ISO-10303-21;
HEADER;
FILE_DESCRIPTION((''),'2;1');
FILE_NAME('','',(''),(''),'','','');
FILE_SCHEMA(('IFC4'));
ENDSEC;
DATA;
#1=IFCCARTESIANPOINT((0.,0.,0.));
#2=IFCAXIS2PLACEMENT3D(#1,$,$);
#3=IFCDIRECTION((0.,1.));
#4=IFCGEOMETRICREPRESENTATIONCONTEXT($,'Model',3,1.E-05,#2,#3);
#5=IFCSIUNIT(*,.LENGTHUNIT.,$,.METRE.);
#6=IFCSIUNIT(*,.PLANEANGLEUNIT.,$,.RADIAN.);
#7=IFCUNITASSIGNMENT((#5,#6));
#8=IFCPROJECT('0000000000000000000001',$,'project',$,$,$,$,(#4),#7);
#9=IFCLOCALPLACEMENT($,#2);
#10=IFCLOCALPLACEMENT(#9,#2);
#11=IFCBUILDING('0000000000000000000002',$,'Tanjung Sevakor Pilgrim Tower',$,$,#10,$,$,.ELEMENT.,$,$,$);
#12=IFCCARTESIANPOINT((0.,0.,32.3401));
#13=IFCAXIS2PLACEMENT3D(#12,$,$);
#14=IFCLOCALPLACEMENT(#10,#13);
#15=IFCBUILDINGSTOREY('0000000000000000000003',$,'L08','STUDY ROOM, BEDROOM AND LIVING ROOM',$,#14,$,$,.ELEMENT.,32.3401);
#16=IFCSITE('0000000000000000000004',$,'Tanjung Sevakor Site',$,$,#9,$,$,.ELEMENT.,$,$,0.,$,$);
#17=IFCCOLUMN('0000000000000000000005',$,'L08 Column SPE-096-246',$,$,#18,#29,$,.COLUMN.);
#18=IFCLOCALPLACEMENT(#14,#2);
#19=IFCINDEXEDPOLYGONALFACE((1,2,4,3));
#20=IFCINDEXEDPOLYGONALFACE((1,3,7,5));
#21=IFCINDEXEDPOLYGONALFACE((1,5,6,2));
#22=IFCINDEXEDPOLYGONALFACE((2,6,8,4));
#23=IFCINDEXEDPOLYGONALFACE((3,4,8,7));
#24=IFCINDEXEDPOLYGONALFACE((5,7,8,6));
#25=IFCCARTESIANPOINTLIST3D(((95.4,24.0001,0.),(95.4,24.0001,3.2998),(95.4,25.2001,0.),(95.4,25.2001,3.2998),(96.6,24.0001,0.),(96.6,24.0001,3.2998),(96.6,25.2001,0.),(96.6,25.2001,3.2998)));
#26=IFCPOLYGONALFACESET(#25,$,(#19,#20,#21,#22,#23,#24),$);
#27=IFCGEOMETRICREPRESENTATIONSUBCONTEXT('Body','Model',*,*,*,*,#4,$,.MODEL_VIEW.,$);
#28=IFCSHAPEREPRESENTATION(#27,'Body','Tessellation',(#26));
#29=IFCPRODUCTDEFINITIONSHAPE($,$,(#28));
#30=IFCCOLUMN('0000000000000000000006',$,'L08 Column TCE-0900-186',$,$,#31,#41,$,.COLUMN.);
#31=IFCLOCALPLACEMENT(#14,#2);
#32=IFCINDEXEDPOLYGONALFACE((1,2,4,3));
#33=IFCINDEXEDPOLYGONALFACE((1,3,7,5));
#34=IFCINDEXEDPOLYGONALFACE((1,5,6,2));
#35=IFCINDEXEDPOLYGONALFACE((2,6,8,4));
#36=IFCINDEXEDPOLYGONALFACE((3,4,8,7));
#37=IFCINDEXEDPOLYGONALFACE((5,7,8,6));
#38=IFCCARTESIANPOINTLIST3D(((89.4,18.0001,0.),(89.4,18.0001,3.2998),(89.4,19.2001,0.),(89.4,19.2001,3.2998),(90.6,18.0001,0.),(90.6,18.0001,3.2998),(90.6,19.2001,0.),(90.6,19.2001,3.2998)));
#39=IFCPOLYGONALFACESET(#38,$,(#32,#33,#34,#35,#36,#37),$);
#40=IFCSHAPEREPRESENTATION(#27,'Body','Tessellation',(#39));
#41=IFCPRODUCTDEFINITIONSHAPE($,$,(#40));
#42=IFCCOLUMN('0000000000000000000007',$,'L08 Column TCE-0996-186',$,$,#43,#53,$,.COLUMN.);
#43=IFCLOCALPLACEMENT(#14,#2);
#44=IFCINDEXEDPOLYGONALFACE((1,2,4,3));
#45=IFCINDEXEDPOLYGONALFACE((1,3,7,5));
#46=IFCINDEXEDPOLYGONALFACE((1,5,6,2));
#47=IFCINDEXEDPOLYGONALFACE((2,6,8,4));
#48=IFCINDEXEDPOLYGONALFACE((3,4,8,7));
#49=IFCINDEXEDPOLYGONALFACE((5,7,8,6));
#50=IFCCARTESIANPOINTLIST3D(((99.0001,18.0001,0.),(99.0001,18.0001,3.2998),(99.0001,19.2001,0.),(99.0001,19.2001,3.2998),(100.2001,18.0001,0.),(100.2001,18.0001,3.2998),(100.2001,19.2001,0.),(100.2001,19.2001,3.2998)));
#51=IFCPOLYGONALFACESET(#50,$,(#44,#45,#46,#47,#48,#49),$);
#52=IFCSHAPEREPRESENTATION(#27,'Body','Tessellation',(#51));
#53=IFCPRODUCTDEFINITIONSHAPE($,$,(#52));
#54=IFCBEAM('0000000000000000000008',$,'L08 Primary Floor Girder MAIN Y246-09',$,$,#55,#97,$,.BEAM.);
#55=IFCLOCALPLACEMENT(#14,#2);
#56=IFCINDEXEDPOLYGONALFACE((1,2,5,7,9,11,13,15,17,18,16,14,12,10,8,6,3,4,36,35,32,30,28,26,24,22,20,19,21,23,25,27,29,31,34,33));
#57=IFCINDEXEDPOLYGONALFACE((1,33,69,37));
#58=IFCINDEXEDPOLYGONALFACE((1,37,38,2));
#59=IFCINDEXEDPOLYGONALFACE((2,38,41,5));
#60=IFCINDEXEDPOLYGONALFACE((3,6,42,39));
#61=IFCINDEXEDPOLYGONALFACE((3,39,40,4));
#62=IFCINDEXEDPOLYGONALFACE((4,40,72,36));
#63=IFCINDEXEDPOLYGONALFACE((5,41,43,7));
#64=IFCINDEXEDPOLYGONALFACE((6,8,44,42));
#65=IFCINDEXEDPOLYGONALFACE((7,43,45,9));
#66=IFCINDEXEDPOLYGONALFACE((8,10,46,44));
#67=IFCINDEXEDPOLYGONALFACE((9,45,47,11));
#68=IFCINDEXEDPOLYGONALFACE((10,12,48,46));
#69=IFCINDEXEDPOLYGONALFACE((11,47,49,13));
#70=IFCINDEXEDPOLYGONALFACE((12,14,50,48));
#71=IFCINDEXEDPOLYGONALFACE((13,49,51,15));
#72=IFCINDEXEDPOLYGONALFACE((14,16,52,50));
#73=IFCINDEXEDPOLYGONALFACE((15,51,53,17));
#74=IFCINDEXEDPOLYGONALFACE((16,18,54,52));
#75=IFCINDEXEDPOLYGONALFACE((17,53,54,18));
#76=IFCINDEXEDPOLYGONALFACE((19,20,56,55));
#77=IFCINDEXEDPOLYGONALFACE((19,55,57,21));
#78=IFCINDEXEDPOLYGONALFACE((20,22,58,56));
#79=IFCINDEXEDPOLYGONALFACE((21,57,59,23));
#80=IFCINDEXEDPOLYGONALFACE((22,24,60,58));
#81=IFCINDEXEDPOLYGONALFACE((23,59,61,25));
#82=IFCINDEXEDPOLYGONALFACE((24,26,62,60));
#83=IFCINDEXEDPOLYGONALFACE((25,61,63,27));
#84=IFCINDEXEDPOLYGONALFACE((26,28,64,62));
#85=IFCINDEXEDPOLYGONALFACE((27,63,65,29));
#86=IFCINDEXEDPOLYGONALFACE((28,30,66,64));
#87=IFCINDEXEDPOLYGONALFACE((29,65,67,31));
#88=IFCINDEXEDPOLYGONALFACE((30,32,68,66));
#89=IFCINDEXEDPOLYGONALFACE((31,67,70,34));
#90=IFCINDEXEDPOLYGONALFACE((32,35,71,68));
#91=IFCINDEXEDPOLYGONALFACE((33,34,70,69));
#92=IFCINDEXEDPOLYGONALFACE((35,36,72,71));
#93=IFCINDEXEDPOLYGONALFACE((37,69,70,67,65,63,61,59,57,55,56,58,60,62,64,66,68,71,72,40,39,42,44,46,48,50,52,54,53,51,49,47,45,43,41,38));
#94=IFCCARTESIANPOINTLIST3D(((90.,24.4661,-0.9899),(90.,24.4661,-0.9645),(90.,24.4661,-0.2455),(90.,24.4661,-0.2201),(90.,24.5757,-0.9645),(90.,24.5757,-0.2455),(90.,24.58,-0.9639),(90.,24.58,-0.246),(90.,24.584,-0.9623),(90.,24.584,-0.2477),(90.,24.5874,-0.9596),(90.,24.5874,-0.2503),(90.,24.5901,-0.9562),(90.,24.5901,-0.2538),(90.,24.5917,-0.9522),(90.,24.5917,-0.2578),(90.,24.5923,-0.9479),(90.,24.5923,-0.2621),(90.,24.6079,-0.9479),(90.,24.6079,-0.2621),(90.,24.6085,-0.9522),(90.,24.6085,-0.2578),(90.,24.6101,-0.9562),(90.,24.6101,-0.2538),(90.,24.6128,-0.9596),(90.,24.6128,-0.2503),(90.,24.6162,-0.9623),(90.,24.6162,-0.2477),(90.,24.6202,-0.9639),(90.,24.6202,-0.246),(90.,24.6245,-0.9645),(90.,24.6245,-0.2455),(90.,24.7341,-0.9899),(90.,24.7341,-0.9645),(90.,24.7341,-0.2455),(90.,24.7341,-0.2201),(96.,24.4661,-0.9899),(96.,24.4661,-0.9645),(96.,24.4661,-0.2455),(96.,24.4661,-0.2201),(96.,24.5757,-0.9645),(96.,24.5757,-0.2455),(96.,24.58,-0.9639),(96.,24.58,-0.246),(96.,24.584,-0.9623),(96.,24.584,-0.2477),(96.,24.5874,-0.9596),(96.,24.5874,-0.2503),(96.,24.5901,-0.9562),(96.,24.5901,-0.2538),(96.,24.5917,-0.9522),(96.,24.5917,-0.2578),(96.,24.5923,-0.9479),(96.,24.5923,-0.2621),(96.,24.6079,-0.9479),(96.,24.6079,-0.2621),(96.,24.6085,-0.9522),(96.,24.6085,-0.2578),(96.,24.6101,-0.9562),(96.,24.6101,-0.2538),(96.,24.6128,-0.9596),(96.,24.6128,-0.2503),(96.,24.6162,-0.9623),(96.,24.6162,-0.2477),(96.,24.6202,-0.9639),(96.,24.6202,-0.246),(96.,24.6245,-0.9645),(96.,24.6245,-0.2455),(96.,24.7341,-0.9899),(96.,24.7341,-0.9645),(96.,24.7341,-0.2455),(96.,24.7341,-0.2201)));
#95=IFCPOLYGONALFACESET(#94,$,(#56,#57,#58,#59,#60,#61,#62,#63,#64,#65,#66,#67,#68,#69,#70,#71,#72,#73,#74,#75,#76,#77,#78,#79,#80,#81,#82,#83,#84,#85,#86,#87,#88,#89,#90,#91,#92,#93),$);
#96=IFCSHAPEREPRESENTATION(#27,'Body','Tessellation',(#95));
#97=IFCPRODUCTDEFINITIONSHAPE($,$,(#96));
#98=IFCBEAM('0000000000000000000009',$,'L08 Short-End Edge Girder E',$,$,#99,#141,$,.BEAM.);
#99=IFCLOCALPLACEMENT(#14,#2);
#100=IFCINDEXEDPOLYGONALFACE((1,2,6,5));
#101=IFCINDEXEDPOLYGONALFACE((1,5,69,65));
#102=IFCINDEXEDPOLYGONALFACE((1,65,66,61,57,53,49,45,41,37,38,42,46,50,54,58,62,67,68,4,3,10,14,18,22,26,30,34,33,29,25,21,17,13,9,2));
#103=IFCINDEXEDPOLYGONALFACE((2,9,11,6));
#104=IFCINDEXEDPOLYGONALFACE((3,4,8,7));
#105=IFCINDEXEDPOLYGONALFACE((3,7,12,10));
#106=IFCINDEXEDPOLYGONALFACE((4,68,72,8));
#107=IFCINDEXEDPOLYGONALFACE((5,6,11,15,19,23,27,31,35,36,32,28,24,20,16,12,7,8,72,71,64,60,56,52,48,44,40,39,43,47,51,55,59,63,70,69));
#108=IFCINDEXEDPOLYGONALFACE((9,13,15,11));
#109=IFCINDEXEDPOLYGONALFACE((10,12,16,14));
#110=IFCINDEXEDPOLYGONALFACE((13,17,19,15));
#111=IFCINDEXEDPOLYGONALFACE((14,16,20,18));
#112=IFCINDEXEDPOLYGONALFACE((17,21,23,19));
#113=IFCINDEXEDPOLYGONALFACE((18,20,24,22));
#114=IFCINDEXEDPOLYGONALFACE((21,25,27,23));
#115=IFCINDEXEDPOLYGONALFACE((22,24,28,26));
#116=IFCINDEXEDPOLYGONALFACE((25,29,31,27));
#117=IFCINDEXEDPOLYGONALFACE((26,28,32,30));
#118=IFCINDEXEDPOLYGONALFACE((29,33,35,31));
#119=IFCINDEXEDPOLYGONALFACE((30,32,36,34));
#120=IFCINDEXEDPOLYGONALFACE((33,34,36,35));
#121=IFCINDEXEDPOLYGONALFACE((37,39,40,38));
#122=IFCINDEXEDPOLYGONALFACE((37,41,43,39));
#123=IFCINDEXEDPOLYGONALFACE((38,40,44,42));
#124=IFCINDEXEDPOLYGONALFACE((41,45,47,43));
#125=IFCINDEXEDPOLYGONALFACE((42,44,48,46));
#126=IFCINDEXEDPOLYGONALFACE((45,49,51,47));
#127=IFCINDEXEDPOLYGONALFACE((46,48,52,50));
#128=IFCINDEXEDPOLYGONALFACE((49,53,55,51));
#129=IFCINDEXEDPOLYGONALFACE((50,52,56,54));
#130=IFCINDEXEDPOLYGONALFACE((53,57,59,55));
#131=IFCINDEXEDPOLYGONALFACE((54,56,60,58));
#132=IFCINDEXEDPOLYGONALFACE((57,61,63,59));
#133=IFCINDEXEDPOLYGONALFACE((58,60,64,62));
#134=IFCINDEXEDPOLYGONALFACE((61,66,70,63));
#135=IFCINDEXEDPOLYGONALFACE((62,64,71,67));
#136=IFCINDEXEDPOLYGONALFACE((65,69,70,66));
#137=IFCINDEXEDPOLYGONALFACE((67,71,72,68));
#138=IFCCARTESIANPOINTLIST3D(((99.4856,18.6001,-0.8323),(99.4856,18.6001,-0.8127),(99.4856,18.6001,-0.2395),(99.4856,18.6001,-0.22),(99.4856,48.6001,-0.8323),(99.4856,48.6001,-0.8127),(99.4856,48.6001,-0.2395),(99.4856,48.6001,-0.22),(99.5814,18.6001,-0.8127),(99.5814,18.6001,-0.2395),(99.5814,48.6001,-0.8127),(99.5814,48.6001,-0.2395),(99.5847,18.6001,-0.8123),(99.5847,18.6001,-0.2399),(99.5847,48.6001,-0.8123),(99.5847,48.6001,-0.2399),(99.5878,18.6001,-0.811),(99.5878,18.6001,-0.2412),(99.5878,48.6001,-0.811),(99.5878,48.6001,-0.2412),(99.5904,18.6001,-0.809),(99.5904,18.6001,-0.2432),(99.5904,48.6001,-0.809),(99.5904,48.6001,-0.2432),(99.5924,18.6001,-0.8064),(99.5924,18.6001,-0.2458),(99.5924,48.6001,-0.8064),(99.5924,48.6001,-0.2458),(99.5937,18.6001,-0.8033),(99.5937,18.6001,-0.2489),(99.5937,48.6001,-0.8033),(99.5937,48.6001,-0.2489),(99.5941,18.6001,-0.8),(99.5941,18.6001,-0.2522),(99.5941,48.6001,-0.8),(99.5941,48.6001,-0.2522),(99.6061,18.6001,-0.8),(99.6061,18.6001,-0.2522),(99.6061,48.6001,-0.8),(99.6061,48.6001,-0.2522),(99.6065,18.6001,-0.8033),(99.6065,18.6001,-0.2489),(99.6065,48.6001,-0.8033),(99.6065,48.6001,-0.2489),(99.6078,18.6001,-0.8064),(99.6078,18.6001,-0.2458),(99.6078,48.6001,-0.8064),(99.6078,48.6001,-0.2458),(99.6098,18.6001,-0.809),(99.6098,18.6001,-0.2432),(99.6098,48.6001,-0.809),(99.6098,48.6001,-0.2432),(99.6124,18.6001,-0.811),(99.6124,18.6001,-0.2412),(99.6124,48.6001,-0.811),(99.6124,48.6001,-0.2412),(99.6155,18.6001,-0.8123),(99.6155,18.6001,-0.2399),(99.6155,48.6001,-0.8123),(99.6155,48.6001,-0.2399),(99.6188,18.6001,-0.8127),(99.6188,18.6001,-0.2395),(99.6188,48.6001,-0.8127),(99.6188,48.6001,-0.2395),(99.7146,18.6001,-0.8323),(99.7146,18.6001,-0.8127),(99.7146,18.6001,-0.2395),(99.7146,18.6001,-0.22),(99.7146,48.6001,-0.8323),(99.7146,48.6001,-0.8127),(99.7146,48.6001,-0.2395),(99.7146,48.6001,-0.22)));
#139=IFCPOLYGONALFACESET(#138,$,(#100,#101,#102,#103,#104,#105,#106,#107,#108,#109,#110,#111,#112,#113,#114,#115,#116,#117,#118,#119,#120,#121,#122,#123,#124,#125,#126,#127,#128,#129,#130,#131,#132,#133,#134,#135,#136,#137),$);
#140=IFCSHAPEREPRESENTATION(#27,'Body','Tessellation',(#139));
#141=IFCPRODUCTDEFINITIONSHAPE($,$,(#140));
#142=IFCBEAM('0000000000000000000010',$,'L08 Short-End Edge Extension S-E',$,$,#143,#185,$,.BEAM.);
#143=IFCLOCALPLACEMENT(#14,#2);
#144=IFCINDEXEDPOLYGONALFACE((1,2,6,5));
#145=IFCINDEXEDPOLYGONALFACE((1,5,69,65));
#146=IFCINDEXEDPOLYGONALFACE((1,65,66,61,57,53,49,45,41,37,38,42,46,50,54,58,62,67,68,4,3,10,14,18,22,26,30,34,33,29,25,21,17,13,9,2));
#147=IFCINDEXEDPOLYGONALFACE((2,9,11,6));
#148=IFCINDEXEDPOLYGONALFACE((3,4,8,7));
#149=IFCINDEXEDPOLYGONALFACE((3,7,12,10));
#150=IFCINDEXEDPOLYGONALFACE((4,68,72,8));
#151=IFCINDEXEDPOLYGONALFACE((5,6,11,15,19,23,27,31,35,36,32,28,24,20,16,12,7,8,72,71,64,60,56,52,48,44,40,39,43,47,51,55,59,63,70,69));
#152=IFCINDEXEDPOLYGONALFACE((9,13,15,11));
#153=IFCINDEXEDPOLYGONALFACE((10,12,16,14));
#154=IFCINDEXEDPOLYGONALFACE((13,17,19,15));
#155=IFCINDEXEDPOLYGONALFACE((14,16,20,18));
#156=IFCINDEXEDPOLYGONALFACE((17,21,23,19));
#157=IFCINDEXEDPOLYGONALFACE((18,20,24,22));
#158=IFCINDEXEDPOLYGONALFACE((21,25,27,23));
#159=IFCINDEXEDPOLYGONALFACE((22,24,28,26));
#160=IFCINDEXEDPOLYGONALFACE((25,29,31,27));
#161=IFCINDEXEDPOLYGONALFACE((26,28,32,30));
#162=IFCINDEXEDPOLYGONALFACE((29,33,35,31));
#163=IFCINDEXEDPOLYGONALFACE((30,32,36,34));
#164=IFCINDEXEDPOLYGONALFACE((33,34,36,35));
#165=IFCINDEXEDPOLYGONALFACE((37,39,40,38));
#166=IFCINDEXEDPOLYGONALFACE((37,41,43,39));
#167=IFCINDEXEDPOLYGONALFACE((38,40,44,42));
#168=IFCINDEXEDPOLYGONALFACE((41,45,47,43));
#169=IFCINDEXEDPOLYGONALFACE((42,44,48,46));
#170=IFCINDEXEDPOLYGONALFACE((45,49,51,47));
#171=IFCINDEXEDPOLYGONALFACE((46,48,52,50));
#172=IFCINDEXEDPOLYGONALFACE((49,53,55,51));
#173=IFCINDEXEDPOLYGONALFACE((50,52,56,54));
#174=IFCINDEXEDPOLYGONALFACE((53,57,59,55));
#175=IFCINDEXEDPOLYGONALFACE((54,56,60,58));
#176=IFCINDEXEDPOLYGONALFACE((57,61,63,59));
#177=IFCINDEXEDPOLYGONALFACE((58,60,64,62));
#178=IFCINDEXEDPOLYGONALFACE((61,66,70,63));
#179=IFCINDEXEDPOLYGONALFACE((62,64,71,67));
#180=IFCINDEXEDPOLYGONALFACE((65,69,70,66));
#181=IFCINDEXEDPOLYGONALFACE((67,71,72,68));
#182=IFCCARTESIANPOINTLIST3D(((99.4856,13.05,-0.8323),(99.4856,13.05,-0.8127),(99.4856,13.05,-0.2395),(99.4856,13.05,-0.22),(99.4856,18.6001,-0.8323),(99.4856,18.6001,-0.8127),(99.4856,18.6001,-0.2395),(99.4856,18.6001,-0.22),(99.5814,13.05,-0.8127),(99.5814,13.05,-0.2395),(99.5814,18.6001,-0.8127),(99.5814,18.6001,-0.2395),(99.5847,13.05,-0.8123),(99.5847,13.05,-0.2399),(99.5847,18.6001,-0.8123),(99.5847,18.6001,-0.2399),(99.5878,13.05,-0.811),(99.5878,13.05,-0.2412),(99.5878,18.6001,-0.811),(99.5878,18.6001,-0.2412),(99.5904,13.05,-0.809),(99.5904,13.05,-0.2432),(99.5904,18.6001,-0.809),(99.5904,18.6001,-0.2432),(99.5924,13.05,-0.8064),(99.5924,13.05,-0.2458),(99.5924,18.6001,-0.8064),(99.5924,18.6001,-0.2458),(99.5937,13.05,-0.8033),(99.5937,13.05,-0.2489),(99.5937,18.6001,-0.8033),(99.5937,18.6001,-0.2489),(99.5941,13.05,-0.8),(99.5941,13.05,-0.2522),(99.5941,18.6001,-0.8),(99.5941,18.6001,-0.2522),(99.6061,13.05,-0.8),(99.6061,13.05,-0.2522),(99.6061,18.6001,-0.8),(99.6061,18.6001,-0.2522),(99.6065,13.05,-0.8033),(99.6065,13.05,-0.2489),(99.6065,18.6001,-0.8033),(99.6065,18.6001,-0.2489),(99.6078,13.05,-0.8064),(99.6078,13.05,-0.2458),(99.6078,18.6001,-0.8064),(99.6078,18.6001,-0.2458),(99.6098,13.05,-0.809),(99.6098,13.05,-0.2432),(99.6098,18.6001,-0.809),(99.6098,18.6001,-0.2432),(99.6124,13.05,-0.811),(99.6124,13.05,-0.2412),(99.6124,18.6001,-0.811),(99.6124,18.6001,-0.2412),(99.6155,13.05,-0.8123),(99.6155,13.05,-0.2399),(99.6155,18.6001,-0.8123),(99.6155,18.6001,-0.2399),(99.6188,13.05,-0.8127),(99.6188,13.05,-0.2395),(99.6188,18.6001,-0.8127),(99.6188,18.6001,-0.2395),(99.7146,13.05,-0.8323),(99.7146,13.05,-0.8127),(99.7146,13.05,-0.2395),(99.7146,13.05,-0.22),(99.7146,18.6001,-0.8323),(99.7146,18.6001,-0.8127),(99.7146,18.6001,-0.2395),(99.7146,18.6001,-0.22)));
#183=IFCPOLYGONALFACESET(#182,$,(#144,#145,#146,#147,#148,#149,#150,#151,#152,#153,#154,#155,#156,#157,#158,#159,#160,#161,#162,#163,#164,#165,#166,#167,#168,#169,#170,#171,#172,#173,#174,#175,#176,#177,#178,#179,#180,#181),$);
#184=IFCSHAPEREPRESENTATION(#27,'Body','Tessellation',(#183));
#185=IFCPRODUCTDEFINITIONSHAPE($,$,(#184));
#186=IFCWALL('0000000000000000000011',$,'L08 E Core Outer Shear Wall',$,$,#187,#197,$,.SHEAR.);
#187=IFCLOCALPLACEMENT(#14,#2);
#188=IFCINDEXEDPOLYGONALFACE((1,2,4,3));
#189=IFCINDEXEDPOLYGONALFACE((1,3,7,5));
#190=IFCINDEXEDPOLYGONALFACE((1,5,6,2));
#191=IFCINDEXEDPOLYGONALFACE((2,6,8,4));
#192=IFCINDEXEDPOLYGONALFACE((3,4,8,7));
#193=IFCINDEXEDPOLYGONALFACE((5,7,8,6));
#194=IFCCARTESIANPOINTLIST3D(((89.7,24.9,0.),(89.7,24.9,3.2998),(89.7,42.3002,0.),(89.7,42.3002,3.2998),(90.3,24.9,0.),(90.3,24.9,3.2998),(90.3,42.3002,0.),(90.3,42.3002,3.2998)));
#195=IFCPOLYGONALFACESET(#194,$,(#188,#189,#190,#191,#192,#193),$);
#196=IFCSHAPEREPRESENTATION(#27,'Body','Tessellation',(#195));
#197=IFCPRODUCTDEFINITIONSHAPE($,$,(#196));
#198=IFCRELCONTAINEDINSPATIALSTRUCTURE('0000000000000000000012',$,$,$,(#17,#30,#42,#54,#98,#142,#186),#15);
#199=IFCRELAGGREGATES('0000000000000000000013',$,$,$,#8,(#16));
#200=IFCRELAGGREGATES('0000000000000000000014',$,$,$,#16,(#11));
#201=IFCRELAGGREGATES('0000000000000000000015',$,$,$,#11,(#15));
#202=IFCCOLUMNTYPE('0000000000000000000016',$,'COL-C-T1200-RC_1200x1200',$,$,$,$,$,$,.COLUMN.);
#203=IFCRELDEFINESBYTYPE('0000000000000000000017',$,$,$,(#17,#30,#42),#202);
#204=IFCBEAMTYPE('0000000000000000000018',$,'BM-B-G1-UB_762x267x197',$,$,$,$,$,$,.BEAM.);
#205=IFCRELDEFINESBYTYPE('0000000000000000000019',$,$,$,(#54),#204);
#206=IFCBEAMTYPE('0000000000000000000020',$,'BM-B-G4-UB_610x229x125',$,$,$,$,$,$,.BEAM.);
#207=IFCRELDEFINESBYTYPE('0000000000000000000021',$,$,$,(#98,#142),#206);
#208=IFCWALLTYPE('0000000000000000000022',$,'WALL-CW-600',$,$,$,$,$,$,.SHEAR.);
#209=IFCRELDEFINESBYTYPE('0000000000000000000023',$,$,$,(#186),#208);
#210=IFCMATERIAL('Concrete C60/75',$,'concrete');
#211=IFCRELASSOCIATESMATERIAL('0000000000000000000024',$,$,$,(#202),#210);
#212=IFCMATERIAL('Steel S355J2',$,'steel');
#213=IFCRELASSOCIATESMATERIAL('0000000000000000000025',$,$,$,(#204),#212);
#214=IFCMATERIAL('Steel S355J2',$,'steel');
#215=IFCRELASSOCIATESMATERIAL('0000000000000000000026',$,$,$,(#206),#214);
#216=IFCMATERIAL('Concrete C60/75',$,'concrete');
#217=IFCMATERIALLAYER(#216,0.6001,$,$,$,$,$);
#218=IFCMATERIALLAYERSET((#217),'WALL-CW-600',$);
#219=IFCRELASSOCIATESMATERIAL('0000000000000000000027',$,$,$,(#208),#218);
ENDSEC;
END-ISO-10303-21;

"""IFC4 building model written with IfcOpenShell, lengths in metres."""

from ifc_helpers import new_model, si_unit, direction, frame, frame_2d, origin, origin_2d, place, context, subcontext, project, spatial, rectangle, i_section, extrude, material, layer, layer_set, material_profile, profile_set, type_object, element, save


model = new_model("IFC4")

# Units and contexts
model_context = context("Model", 3, precision=1e-05, world=origin(), true_north=direction((0.0, 1.0)))
body_context = subcontext(model_context, "Body", "Model", "MODEL_VIEW")
ifc_project = project(units=[si_unit("LENGTHUNIT", "METRE"), si_unit("PLANEANGLEUNIT", "RADIAN")], contexts=[model_context])

# Site, building, storey
site_placement = place(None, origin())
site = spatial("IfcSite", under=ifc_project, at=site_placement, Name="Tanjung Sevakor Site", CompositionType="ELEMENT", RefElevation=0.0)
building_placement = place(site_placement, origin())
building = spatial("IfcBuilding", under=site, at=building_placement, Name="Tanjung Sevakor Pilgrim Tower", CompositionType="ELEMENT")
storey_placement = place(building_placement, frame((0.0, 0.0, 32.3401)))
storey = spatial("IfcBuildingStorey", under=building, at=storey_placement, Name="L08", Description="STUDY ROOM, BEDROOM AND LIVING ROOM", CompositionType="ELEMENT", Elevation=32.3401)

# Columns
ifc_material_1 = material(Name="Concrete C60/75", Category="concrete")
ifc_material_profile_1 = material_profile(ifc_material_1, rectangle(XDim=1.2, YDim=1.2, at=origin_2d()))
ifc_profile_set_1 = profile_set([ifc_material_profile_1], Name="Concrete C60/75")
column_type = type_object("IfcColumnType", Name="COL-C-T1200-RC_1200x1200", PredefinedType="COLUMN", material=ifc_profile_set_1)
for number, where, z_axis, x_axis, name in (
    (1, (96.0, 24.6001, 0.0), (0.0, 0.0, 1.0), (1.0, 0.0, 0.0), "L08 Column SPE-096-246"),
    (2, (90.0, 18.6001, 0.0), (0.0, 0.0, 1.0), (1.0, 0.0, 0.0), "L08 Column TCE-0900-186"),
    (3, (99.6001, 18.6001, 0.0), (0.0, 0.0, 1.0), (1.0, 0.0, 0.0), "L08 Column TCE-0996-186"),
):
    element("IfcColumn", number, at=place(storey_placement, frame(where, z_axis=z_axis, x_axis=x_axis)), inside=storey, type_object=column_type, Name=name, PredefinedType="COLUMN", context=body_context, shape_type="SweptSolid", body=[
        extrude(rectangle(XDim=1.2, YDim=1.2, at=origin_2d()), origin(), (0.0, 0.0, 1.0), 3.2998),
    ])

# Beams
ifc_material_2 = material(Name="Steel S355J2", Category="steel")
ifc_material_profile_2 = material_profile(ifc_material_2, i_section(OverallWidth=0.2681, OverallDepth=0.7698, WebThickness=0.0156, FlangeThickness=0.0254, FilletRadius=0.0166, at=origin_2d()))
ifc_profile_set_2 = profile_set([ifc_material_profile_2], Name="Steel S355J2")
beam_type_1 = type_object("IfcBeamType", Name="BM-B-G1-UB_762x267x197", PredefinedType="BEAM", material=ifc_profile_set_2)
beam_1_placement = place(storey_placement, frame((90.0, 24.6001, -0.605), z_axis=(1.0, 0.0, 0.0), x_axis=(0.0, 1.0, 0.0)))
element("IfcBeam", 4, at=beam_1_placement, inside=storey, type_object=beam_type_1, Name="L08 Primary Floor Girder MAIN Y246-09", PredefinedType="BEAM", context=body_context, shape_type="SweptSolid", body=[
    extrude(i_section(OverallWidth=0.2681, OverallDepth=0.7698, WebThickness=0.0156, FlangeThickness=0.0254, FilletRadius=0.0166, at=origin_2d()), origin(), (0.0, 0.0, 1.0), 6.0),
])
ifc_material_3 = material(Name="Steel S355J2", Category="steel")
ifc_material_profile_3 = material_profile(ifc_material_3, i_section(OverallWidth=0.229, OverallDepth=0.6123, WebThickness=0.012, FlangeThickness=0.0195, FilletRadius=0.0127, at=origin_2d()))
ifc_profile_set_3 = profile_set([ifc_material_profile_3], Name="Steel S355J2")
beam_type_2 = type_object("IfcBeamType", Name="BM-B-G4-UB_610x229x125", PredefinedType="BEAM", material=ifc_profile_set_3)
beam_2_placement = place(storey_placement, frame((99.6001, 18.6001, -0.5261), z_axis=(0.0, 1.0, 0.0), x_axis=(-1.0, 0.0, 0.0)))
element("IfcBeam", 5, at=beam_2_placement, inside=storey, type_object=beam_type_2, Name="L08 Short-End Edge Girder E", PredefinedType="BEAM", context=body_context, shape_type="SweptSolid", body=[
    extrude(i_section(OverallWidth=0.229, OverallDepth=0.6123, WebThickness=0.012, FlangeThickness=0.0195, FilletRadius=0.0127, at=origin_2d()), origin(), (0.0, 0.0, 1.0), 30.0),
])
beam_3_placement = place(storey_placement, frame((99.6001, 18.6001, -0.5261), z_axis=(0.0, -1.0, 0.0), x_axis=(1.0, 0.0, 0.0)))
element("IfcBeam", 6, at=beam_3_placement, inside=storey, type_object=beam_type_2, Name="L08 Short-End Edge Extension S-E", PredefinedType="BEAM", context=body_context, shape_type="SweptSolid", body=[
    extrude(i_section(OverallWidth=0.229, OverallDepth=0.6123, WebThickness=0.012, FlangeThickness=0.0195, FilletRadius=0.0127, at=origin_2d()), origin(), (0.0, 0.0, 1.0), 5.55),
])

# Wall
ifc_material_4 = material(Name="Concrete C60/75", Category="concrete")
ifc_layer_1 = layer(ifc_material_4, 0.6001)
ifc_layer_set_1 = layer_set([ifc_layer_1], Name="WALL-CW-600")
wall_type_1 = type_object("IfcWallType", Name="WALL-CW-600", PredefinedType="SHEAR", material=ifc_layer_set_1)
wall_1_placement = place(storey_placement, frame((90.0, 24.8999, 0.0), z_axis=(0.0, 0.0, 1.0), x_axis=(0.0, 1.0, 0.0)))
element("IfcWall", 7, at=wall_1_placement, inside=storey, type_object=wall_type_1, Name="L08 E Core Outer Shear Wall", PredefinedType="SHEAR", context=body_context, shape_type="SweptSolid", body=[
    extrude(rectangle(XDim=17.4001, YDim=0.6001, at=frame_2d((8.7002, 0.0))), origin(), (0.0, 0.0, 1.0), 3.2998),
])

save(model, "model.ifc")
